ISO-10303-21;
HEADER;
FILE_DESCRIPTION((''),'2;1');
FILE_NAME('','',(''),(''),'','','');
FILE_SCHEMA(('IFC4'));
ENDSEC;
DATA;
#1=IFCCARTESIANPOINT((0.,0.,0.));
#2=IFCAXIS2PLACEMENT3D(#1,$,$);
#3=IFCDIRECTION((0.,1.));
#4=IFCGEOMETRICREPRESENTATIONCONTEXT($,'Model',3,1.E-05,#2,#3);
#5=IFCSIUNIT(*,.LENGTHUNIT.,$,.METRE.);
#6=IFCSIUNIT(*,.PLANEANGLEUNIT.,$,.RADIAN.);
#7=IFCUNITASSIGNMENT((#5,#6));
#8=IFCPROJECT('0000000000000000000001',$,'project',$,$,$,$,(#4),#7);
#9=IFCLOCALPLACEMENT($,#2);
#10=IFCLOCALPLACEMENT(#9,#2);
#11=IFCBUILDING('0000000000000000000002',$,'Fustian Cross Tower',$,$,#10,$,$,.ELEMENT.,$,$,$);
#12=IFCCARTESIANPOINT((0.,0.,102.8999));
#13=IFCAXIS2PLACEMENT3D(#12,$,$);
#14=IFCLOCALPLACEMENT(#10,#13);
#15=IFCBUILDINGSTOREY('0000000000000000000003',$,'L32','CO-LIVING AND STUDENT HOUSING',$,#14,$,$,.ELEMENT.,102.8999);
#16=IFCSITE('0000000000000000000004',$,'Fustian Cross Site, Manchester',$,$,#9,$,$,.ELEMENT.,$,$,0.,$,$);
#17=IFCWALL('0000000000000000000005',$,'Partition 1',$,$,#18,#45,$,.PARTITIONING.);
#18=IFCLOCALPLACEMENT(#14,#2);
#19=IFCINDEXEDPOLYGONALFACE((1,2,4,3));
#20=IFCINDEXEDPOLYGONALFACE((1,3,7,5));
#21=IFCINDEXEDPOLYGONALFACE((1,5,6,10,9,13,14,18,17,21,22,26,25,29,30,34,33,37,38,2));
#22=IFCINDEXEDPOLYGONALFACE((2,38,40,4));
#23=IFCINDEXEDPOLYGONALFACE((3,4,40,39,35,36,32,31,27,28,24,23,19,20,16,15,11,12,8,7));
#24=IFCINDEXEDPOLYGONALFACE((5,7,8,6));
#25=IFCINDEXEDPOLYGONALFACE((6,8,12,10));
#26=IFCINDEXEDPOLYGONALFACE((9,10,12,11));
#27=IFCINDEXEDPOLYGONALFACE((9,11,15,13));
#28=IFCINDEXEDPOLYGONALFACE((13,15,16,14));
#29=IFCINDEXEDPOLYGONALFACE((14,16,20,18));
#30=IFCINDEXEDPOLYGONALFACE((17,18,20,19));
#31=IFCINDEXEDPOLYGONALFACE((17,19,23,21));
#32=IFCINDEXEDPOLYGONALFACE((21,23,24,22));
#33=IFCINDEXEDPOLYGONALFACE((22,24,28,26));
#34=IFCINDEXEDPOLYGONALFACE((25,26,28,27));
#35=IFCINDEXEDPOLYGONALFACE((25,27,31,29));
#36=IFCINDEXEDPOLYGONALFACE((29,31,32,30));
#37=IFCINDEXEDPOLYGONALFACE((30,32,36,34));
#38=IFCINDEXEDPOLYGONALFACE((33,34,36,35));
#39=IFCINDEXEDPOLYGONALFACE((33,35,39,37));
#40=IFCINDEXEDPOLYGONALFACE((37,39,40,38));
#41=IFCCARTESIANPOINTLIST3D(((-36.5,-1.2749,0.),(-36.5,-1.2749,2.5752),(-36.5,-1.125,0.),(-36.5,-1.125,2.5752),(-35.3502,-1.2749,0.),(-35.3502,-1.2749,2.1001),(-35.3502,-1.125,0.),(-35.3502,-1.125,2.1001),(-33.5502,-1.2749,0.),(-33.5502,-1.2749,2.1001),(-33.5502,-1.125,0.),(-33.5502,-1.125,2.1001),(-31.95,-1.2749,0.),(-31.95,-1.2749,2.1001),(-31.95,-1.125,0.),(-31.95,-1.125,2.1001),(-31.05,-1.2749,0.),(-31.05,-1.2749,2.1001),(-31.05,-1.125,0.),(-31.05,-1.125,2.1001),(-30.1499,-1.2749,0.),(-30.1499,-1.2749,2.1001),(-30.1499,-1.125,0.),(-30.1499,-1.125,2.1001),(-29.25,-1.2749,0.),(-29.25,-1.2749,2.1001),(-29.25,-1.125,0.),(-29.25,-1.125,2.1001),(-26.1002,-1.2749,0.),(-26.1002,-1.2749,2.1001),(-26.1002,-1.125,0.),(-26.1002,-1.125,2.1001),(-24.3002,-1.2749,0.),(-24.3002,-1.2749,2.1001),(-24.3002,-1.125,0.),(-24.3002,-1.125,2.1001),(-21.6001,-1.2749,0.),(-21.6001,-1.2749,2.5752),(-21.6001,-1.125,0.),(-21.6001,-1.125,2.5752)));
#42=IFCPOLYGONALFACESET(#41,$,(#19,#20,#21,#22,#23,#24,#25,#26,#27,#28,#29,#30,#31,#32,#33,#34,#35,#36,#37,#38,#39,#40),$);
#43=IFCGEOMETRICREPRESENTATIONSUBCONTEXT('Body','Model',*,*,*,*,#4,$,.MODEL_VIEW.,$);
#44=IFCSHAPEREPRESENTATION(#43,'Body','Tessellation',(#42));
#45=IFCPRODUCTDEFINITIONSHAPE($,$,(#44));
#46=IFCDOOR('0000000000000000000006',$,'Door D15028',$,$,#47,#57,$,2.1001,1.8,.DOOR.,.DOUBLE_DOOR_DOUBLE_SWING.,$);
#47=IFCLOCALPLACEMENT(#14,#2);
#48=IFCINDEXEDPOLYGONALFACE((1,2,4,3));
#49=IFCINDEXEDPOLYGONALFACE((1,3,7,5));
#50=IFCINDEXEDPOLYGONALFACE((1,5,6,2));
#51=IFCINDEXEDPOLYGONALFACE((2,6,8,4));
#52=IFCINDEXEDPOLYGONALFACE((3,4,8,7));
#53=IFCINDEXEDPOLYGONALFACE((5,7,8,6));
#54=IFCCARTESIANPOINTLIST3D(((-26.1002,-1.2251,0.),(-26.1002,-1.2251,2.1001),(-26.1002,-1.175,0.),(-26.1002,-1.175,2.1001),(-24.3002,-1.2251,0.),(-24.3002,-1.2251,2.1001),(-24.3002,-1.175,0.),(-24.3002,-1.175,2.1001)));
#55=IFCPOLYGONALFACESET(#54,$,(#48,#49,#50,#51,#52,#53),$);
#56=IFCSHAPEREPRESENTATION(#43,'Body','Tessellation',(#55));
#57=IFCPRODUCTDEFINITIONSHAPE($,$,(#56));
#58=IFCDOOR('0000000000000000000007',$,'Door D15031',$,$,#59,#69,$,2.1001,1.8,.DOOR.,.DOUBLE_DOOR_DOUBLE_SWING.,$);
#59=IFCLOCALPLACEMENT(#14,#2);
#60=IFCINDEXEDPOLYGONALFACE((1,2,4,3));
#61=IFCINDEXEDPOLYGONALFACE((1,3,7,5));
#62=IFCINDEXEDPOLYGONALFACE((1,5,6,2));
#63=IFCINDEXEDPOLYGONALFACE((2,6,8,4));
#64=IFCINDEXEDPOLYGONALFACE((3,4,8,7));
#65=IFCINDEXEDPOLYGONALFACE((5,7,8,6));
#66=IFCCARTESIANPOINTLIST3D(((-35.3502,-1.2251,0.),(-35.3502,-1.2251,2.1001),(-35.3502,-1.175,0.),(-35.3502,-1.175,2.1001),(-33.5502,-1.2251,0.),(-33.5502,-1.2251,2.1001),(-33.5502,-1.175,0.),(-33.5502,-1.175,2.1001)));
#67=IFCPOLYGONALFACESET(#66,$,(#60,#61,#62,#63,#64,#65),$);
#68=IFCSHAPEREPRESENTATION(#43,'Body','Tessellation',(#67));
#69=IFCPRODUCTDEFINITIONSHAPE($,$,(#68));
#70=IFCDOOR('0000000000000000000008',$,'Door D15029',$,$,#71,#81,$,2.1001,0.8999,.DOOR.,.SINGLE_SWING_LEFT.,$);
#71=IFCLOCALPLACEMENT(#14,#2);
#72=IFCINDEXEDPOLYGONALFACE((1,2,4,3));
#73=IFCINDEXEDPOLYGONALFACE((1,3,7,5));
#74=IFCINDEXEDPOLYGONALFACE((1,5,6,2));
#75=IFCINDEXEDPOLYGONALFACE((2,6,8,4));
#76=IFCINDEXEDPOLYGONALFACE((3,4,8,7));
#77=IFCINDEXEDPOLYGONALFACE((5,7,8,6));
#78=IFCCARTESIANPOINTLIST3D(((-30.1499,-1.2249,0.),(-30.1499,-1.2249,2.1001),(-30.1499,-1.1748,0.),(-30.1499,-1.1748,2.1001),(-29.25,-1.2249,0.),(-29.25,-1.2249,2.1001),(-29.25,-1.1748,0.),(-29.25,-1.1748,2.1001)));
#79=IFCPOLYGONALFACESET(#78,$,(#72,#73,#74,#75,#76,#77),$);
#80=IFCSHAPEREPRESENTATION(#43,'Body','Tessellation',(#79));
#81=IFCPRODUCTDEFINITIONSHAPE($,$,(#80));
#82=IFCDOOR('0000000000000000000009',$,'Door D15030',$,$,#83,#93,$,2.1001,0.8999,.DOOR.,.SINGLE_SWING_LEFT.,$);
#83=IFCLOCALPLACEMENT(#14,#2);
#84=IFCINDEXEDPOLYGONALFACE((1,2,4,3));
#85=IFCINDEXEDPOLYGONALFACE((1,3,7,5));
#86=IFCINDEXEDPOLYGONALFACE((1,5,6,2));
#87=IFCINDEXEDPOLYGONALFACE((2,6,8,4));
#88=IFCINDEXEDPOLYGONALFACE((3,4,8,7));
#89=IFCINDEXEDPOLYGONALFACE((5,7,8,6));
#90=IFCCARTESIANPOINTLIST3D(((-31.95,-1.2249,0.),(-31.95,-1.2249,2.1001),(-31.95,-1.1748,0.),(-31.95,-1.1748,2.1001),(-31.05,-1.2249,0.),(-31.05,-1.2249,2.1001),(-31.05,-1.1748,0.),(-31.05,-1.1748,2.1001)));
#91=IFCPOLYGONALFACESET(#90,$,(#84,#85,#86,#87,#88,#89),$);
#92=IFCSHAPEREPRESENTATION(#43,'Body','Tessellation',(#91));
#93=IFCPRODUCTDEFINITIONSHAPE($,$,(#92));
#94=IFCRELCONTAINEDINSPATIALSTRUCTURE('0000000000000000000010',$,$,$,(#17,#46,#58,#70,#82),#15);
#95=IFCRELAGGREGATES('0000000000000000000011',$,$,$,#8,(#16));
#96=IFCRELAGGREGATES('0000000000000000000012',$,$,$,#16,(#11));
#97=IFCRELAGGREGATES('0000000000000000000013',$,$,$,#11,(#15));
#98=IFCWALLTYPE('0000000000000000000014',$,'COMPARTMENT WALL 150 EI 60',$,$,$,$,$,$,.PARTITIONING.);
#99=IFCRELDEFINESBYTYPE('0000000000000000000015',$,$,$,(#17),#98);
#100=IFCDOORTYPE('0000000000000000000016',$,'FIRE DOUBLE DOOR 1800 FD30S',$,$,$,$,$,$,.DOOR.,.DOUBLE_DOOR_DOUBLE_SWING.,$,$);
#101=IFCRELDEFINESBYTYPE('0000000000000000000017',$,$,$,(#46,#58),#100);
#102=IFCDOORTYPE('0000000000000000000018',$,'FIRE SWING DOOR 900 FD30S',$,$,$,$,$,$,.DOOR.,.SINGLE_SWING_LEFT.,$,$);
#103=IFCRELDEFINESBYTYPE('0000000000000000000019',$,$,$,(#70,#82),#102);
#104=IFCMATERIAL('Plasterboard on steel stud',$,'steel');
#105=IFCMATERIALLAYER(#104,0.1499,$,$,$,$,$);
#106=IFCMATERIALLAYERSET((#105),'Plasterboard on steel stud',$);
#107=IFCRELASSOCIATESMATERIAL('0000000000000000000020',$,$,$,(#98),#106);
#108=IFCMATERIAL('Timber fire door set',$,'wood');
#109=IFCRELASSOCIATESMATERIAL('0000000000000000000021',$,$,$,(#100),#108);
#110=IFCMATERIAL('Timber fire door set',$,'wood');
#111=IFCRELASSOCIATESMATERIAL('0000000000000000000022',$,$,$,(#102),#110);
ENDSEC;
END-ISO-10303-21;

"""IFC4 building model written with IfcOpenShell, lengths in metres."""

from ifc_helpers import new_model, si_unit, direction, frame, frame_2d, origin, place, context, subcontext, project, spatial, rectangle, extrude, material, layer, layer_set, type_object, element, fill, save


model = new_model("IFC4")

# Units and contexts
model_context = context("Model", 3, precision=1e-05, world=origin(), true_north=direction((0.0, 1.0)))
body_context = subcontext(model_context, "Body", "Model", "MODEL_VIEW")
ifc_project = project(units=[si_unit("LENGTHUNIT", "METRE"), si_unit("PLANEANGLEUNIT", "RADIAN")], contexts=[model_context])

# Site, building, storey
site_placement = place(None, origin())
site = spatial("IfcSite", under=ifc_project, at=site_placement, Name="Fustian Cross Site, Manchester", CompositionType="ELEMENT", RefElevation=0.0)
building_placement = place(site_placement, origin())
building = spatial("IfcBuilding", under=site, at=building_placement, Name="Fustian Cross Tower", CompositionType="ELEMENT")
storey_placement = place(building_placement, frame((0.0, 0.0, 102.8999)))
storey = spatial("IfcBuildingStorey", under=building, at=storey_placement, Name="L32", Description="CO-LIVING AND STUDENT HOUSING", CompositionType="ELEMENT", Elevation=102.8999)

# Wall, openings, doors
ifc_material_1 = material(Name="Plasterboard on steel stud", Category="steel")
ifc_layer_1 = layer(ifc_material_1, 0.1499)
ifc_layer_set_1 = layer_set([ifc_layer_1], Name="Plasterboard on steel stud")
wall_type_1 = type_object("IfcWallType", Name="COMPARTMENT WALL 150 EI 60", PredefinedType="PARTITIONING", material=ifc_layer_set_1)
wall_1_placement = place(storey_placement, frame((-36.5, -1.2, 0.0), z_axis=(0.0, 0.0, 1.0), x_axis=(1.0, 0.0, 0.0)))
wall_1 = element("IfcWall", 1, at=wall_1_placement, inside=storey, type_object=wall_type_1, Name="Partition 1", PredefinedType="PARTITIONING", context=body_context, shape_type="SweptSolid", body=[
    extrude(rectangle(XDim=14.8999, YDim=0.1499, at=frame_2d((7.45, 0.0))), origin(), (0.0, 0.0, 1.0), 2.5752),
])
opening_1_placement = place(wall_1_placement, frame((10.3999, 0.0, 0.0)))
opening_1 = element("IfcOpeningElement", 2, at=opening_1_placement, cuts=wall_1, PredefinedType="OPENING", context=body_context, shape_type="SweptSolid", body=[
    extrude(rectangle(XDim=1.8, YDim=2.1001, at=frame_2d((0.8999, 1.05))), frame((0.0, 0.085, 0.0), z_axis=(0.0, -1.0, 0.0), x_axis=(1.0, 0.0, 0.0)), (0.0, 0.0, 1.0), 0.1699),
])
opening_2_placement = place(wall_1_placement, frame((6.3501, 0.0, 0.0)))
opening_2 = element("IfcOpeningElement", 3, at=opening_2_placement, cuts=wall_1, PredefinedType="OPENING", context=body_context, shape_type="SweptSolid", body=[
    extrude(rectangle(XDim=0.8999, YDim=2.1001, at=frame_2d((0.45, 1.05))), frame((0.0, 0.085, 0.0), z_axis=(0.0, -1.0, 0.0), x_axis=(1.0, 0.0, 0.0)), (0.0, 0.0, 1.0), 0.1699),
])
opening_3_placement = place(wall_1_placement, frame((4.55, 0.0, 0.0)))
opening_3 = element("IfcOpeningElement", 4, at=opening_3_placement, cuts=wall_1, PredefinedType="OPENING", context=body_context, shape_type="SweptSolid", body=[
    extrude(rectangle(XDim=0.8999, YDim=2.1001, at=frame_2d((0.45, 1.05))), frame((0.0, 0.085, 0.0), z_axis=(0.0, -1.0, 0.0), x_axis=(1.0, 0.0, 0.0)), (0.0, 0.0, 1.0), 0.1699),
])
opening_4_placement = place(wall_1_placement, frame((1.1499, 0.0, 0.0)))
opening_4 = element("IfcOpeningElement", 5, at=opening_4_placement, cuts=wall_1, PredefinedType="OPENING", context=body_context, shape_type="SweptSolid", body=[
    extrude(rectangle(XDim=1.8, YDim=2.1001, at=frame_2d((0.8999, 1.05))), frame((0.0, 0.085, 0.0), z_axis=(0.0, -1.0, 0.0), x_axis=(1.0, 0.0, 0.0)), (0.0, 0.0, 1.0), 0.1699),
])
ifc_material_2 = material(Name="Timber fire door set", Category="wood")
door_type_1 = type_object("IfcDoorType", Name="FIRE DOUBLE DOOR 1800 FD30S", OperationType="DOUBLE_DOOR_DOUBLE_SWING", PredefinedType="DOOR", material=ifc_material_2)
door_1_placement = place(opening_1_placement, origin())
door_1 = element("IfcDoor", 6, at=door_1_placement, inside=storey, type_object=door_type_1, Name="Door D15028", OperationType="DOUBLE_DOOR_DOUBLE_SWING", OverallHeight=2.1001, OverallWidth=1.8, PredefinedType="DOOR", context=body_context, shape_type="SweptSolid", body=[
    extrude(rectangle(XDim=1.8, YDim=2.1001, at=frame_2d((0.8999, 1.05))), frame((0.0, 0.0249, 0.0), z_axis=(0.0, -1.0, 0.0), x_axis=(1.0, 0.0, 0.0)), (0.0, 0.0, 1.0), 0.05),
])
fill(opening_1, door_1)
door_2_placement = place(opening_4_placement, origin())
door_2 = element("IfcDoor", 7, at=door_2_placement, inside=storey, type_object=door_type_1, Name="Door D15031", OperationType="DOUBLE_DOOR_DOUBLE_SWING", OverallHeight=2.1001, OverallWidth=1.8, PredefinedType="DOOR", context=body_context, shape_type="SweptSolid", body=[
    extrude(rectangle(XDim=1.8, YDim=2.1001, at=frame_2d((0.8999, 1.05))), frame((0.0, 0.0249, 0.0), z_axis=(0.0, -1.0, 0.0), x_axis=(1.0, 0.0, 0.0)), (0.0, 0.0, 1.0), 0.05),
])
fill(opening_4, door_2)
ifc_material_3 = material(Name="Timber fire door set", Category="wood")
door_type_2 = type_object("IfcDoorType", Name="FIRE SWING DOOR 900 FD30S", OperationType="SINGLE_SWING_LEFT", PredefinedType="DOOR", material=ifc_material_3)
door_3_placement = place(opening_2_placement, frame((0.8999, 0.0, 0.0), z_axis=(0.0, 0.0, 1.0), x_axis=(-1.0, 0.0, 0.0)))
door_3 = element("IfcDoor", 8, at=door_3_placement, inside=storey, type_object=door_type_2, Name="Door D15029", OperationType="SINGLE_SWING_LEFT", OverallHeight=2.1001, OverallWidth=0.8999, PredefinedType="DOOR", context=body_context, shape_type="SweptSolid", body=[
    extrude(rectangle(XDim=0.8999, YDim=2.1001, at=frame_2d((0.45, 1.05))), frame((0.0, 0.0249, 0.0), z_axis=(0.0, -1.0, 0.0), x_axis=(1.0, 0.0, 0.0)), (0.0, 0.0, 1.0), 0.05),
])
fill(opening_2, door_3)
door_4_placement = place(opening_3_placement, frame((0.8999, 0.0, 0.0), z_axis=(0.0, 0.0, 1.0), x_axis=(-1.0, 0.0, 0.0)))
door_4 = element("IfcDoor", 9, at=door_4_placement, inside=storey, type_object=door_type_2, Name="Door D15030", OperationType="SINGLE_SWING_LEFT", OverallHeight=2.1001, OverallWidth=0.8999, PredefinedType="DOOR", context=body_context, shape_type="SweptSolid", body=[
    extrude(rectangle(XDim=0.8999, YDim=2.1001, at=frame_2d((0.45, 1.05))), frame((0.0, 0.0249, 0.0), z_axis=(0.0, -1.0, 0.0), x_axis=(1.0, 0.0, 0.0)), (0.0, 0.0, 1.0), 0.05),
])
fill(opening_3, door_4)

save(model, "model.ifc")
